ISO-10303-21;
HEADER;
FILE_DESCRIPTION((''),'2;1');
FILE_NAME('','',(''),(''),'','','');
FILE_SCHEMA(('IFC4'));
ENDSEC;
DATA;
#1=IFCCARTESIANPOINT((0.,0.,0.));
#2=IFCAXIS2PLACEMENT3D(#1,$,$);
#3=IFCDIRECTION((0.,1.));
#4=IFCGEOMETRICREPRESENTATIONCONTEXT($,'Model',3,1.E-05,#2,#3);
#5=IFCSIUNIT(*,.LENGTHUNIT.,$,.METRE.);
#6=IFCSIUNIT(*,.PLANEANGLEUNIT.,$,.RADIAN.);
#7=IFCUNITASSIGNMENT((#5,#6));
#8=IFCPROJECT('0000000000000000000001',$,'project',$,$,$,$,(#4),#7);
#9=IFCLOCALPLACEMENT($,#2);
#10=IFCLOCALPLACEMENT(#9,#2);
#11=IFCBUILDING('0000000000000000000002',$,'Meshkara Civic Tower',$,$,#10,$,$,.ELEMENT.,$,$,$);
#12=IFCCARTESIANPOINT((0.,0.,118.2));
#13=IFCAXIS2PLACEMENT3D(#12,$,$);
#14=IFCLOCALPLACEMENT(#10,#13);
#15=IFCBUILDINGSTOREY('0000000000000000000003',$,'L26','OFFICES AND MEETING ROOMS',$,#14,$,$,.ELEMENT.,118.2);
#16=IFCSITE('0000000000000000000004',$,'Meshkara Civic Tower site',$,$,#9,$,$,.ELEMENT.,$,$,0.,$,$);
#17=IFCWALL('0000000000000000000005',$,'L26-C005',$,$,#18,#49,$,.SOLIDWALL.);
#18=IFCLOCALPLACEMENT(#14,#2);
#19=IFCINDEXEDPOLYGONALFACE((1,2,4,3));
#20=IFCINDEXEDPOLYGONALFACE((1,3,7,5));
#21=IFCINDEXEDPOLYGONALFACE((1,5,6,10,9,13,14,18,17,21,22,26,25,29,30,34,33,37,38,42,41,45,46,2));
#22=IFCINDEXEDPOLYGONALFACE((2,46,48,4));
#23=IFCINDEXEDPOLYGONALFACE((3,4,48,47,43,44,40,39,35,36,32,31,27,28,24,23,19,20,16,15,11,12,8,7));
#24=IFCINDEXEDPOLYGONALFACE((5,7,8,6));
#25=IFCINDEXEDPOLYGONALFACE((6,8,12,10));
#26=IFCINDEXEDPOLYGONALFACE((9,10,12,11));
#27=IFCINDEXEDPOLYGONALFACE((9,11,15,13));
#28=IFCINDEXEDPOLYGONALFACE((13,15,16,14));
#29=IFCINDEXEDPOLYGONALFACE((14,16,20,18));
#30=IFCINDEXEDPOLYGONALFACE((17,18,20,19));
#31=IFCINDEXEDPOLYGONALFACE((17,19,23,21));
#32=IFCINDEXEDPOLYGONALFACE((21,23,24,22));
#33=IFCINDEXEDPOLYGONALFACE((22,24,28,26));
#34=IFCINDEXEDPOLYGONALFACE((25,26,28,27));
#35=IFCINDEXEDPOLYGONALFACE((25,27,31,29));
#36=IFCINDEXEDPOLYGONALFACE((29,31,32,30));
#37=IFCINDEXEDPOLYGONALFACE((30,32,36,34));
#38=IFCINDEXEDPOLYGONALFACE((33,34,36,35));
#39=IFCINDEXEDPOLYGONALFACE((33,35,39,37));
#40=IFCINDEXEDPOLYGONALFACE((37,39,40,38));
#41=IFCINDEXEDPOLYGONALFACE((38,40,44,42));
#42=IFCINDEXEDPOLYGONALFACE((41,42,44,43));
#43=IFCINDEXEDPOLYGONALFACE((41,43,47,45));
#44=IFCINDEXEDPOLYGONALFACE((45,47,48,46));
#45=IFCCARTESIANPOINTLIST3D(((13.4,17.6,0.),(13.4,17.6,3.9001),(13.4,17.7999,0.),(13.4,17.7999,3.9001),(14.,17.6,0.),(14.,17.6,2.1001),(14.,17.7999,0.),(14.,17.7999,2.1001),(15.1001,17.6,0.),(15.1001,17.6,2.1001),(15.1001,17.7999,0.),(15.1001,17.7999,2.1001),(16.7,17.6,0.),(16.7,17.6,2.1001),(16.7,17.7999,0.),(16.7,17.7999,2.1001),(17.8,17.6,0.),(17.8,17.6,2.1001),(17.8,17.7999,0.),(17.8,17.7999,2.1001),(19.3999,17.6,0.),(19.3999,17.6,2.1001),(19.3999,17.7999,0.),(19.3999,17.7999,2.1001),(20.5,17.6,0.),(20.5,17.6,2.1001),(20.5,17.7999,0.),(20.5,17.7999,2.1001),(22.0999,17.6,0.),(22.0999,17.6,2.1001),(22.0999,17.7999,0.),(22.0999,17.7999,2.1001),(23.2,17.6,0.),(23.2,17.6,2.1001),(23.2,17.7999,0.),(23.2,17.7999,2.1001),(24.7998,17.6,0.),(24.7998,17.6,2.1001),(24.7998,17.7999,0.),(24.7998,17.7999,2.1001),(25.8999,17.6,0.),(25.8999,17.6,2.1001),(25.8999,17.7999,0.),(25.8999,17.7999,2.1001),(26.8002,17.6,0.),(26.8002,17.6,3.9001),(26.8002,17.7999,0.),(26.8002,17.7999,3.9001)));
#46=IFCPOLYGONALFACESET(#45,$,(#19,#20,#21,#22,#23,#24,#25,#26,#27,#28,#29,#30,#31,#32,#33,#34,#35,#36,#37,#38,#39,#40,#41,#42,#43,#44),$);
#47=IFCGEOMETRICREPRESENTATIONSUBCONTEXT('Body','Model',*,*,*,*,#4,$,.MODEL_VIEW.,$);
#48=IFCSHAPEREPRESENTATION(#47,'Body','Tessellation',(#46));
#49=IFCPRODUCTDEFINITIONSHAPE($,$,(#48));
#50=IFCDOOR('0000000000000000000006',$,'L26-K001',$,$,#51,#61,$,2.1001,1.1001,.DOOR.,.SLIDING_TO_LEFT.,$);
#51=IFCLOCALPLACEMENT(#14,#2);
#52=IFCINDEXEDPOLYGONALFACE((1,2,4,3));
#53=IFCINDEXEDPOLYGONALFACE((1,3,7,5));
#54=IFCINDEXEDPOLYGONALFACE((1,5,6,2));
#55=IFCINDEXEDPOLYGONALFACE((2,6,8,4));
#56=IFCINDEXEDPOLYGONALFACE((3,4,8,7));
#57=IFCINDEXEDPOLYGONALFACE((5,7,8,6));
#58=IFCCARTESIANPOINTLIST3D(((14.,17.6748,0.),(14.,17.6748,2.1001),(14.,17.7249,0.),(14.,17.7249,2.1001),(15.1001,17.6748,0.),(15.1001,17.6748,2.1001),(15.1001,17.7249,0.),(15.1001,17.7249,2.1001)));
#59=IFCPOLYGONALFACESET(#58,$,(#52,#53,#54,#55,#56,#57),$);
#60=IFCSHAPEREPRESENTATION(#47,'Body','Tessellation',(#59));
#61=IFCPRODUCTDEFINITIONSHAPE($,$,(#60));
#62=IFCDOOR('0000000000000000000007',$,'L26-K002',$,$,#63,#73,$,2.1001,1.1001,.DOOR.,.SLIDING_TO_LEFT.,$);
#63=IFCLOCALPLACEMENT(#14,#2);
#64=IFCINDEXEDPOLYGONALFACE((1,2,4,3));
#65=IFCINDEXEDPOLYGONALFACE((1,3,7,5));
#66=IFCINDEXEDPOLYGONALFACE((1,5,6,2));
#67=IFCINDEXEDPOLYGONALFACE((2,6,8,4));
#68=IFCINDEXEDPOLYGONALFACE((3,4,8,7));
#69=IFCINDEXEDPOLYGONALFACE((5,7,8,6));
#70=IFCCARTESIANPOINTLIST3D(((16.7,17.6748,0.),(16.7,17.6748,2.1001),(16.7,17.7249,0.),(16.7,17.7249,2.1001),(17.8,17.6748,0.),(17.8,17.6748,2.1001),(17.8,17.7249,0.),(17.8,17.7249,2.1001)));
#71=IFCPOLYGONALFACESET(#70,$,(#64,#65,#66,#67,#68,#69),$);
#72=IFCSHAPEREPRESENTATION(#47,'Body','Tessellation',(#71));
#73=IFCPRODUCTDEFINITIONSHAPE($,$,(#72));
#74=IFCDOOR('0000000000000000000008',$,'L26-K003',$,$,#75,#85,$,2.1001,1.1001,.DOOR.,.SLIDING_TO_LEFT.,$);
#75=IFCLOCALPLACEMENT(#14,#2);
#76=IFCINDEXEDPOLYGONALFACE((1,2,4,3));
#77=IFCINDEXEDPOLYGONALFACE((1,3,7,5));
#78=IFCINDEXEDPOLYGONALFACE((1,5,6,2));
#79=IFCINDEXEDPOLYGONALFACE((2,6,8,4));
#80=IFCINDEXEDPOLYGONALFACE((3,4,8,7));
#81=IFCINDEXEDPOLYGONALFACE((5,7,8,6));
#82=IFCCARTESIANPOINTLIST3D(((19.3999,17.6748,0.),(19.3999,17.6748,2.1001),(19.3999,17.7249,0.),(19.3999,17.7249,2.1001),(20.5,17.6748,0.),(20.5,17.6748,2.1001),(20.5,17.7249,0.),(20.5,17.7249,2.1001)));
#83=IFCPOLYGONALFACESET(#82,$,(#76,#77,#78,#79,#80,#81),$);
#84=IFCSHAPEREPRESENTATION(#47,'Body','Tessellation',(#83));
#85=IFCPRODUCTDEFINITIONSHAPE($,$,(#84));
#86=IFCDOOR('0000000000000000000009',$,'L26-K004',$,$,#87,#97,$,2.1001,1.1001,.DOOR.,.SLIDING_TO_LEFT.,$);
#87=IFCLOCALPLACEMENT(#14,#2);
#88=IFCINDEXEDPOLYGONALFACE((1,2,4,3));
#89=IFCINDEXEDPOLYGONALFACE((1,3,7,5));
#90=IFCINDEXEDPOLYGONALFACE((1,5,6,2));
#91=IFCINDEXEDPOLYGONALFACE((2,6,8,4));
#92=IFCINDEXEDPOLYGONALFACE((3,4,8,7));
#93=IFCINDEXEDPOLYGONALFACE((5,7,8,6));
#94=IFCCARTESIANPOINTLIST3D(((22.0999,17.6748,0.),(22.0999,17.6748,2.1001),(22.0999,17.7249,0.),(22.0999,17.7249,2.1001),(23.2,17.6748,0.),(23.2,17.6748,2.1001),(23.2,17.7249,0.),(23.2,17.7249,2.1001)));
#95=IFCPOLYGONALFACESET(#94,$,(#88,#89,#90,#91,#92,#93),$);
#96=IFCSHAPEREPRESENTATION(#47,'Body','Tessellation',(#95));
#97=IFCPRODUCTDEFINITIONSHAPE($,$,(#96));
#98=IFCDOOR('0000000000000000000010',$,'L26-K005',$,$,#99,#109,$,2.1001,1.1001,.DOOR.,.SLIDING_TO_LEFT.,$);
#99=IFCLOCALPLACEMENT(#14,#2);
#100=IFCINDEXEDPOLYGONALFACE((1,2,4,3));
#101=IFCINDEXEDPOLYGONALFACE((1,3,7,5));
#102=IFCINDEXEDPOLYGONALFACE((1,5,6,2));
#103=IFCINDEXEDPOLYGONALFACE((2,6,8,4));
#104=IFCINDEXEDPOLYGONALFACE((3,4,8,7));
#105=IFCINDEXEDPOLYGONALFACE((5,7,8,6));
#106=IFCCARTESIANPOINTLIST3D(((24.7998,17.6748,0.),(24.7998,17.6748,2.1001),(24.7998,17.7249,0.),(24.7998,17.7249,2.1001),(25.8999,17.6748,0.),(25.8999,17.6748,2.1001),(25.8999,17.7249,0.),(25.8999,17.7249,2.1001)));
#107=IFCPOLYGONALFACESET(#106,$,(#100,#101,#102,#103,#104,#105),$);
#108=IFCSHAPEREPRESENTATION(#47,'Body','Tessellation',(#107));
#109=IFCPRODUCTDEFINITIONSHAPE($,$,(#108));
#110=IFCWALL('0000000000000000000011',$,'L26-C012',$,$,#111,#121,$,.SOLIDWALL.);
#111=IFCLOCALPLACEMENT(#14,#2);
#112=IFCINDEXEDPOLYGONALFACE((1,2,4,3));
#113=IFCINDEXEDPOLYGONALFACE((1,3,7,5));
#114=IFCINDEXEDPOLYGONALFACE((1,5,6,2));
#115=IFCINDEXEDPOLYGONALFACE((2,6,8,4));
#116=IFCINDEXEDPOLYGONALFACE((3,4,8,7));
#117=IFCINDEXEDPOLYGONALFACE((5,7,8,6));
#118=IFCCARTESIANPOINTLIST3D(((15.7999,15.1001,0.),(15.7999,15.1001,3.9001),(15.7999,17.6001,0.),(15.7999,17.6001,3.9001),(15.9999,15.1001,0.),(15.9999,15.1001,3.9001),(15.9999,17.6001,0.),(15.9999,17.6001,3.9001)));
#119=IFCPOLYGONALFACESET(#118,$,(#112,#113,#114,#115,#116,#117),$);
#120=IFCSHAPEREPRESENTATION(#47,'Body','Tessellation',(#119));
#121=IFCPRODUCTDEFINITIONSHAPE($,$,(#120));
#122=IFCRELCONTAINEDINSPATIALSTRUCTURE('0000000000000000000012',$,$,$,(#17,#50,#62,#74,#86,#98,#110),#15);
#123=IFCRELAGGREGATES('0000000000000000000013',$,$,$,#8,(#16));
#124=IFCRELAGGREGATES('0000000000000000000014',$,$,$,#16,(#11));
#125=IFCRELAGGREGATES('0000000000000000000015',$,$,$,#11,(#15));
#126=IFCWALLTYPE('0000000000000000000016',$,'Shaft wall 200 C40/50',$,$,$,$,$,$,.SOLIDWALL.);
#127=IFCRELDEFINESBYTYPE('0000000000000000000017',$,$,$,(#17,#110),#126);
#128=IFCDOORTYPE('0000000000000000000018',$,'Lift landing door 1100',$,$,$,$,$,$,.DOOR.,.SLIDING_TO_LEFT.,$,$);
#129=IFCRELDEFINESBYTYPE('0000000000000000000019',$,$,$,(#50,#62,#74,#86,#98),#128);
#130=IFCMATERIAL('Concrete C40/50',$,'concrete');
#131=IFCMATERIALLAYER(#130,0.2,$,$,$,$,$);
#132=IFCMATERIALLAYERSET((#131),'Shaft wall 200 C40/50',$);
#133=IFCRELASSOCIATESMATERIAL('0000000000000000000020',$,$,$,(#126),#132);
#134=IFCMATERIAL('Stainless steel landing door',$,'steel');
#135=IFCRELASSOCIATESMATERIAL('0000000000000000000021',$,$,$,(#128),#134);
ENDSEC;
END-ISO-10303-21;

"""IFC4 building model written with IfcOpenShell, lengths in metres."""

from ifc_helpers import new_model, si_unit, direction, frame, frame_2d, origin, place, context, subcontext, project, spatial, rectangle, extrude, material, layer, layer_set, type_object, element, fill, save


model = new_model("IFC4")

# Units and contexts
model_context = context("Model", 3, precision=1e-05, world=origin(), true_north=direction((0.0, 1.0)))
body_context = subcontext(model_context, "Body", "Model", "MODEL_VIEW")
ifc_project = project(units=[si_unit("LENGTHUNIT", "METRE"), si_unit("PLANEANGLEUNIT", "RADIAN")], contexts=[model_context])

# Site, building, storey
site_placement = place(None, origin())
site = spatial("IfcSite", under=ifc_project, at=site_placement, Name="Meshkara Civic Tower site", CompositionType="ELEMENT", RefElevation=0.0)
building_placement = place(site_placement, origin())
building = spatial("IfcBuilding", under=site, at=building_placement, Name="Meshkara Civic Tower", CompositionType="ELEMENT")
storey_placement = place(building_placement, frame((0.0, 0.0, 118.2)))
storey = spatial("IfcBuildingStorey", under=building, at=storey_placement, Name="L26", Description="OFFICES AND MEETING ROOMS", CompositionType="ELEMENT", Elevation=118.2)

# Wall, openings, doors
ifc_material_1 = material(Name="Concrete C40/50", Category="concrete")
ifc_layer_1 = layer(ifc_material_1, 0.2)
ifc_layer_set_1 = layer_set([ifc_layer_1], Name="Shaft wall 200 C40/50")
wall_type_1 = type_object("IfcWallType", Name="Shaft wall 200 C40/50", PredefinedType="SOLIDWALL", material=ifc_layer_set_1)
wall_1_placement = place(storey_placement, frame((13.3999, 17.7, 0.0), z_axis=(0.0, 0.0, 1.0), x_axis=(1.0, 0.0, 0.0)))
wall_1 = element("IfcWall", 1, at=wall_1_placement, inside=storey, type_object=wall_type_1, Name="L26-C005", PredefinedType="SOLIDWALL", context=body_context, shape_type="SweptSolid", body=[
    extrude(rectangle(XDim=13.4001, YDim=0.2, at=frame_2d((6.7002, 0.0))), origin(), (0.0, 0.0, 1.0), 3.9001),
])
opening_1_placement = place(wall_1_placement, frame((0.6001, 0.0, 0.0)))
opening_1 = element("IfcOpeningElement", 2, at=opening_1_placement, cuts=wall_1, PredefinedType="OPENING", context=body_context, shape_type="SweptSolid", body=[
    extrude(rectangle(XDim=1.1001, YDim=2.1001, at=frame_2d((0.55, 1.05))), frame((0.0, 0.1099, 0.0), z_axis=(0.0, -1.0, 0.0), x_axis=(1.0, 0.0, 0.0)), (0.0, 0.0, 1.0), 0.22),
])
opening_2_placement = place(wall_1_placement, frame((3.3, 0.0, 0.0)))
opening_2 = element("IfcOpeningElement", 3, at=opening_2_placement, cuts=wall_1, PredefinedType="OPENING", context=body_context, shape_type="SweptSolid", body=[
    extrude(rectangle(XDim=1.1001, YDim=2.1001, at=frame_2d((0.55, 1.05))), frame((0.0, 0.1099, 0.0), z_axis=(0.0, -1.0, 0.0), x_axis=(1.0, 0.0, 0.0)), (0.0, 0.0, 1.0), 0.22),
])
opening_3_placement = place(wall_1_placement, frame((6.0, 0.0, 0.0)))
opening_3 = element("IfcOpeningElement", 4, at=opening_3_placement, cuts=wall_1, PredefinedType="OPENING", context=body_context, shape_type="SweptSolid", body=[
    extrude(rectangle(XDim=1.1001, YDim=2.1001, at=frame_2d((0.55, 1.05))), frame((0.0, 0.1099, 0.0), z_axis=(0.0, -1.0, 0.0), x_axis=(1.0, 0.0, 0.0)), (0.0, 0.0, 1.0), 0.22),
])
opening_4_placement = place(wall_1_placement, frame((8.7, 0.0, 0.0)))
opening_4 = element("IfcOpeningElement", 5, at=opening_4_placement, cuts=wall_1, PredefinedType="OPENING", context=body_context, shape_type="SweptSolid", body=[
    extrude(rectangle(XDim=1.1001, YDim=2.1001, at=frame_2d((0.55, 1.05))), frame((0.0, 0.1099, 0.0), z_axis=(0.0, -1.0, 0.0), x_axis=(1.0, 0.0, 0.0)), (0.0, 0.0, 1.0), 0.22),
])
opening_5_placement = place(wall_1_placement, frame((11.3999, 0.0, 0.0)))
opening_5 = element("IfcOpeningElement", 6, at=opening_5_placement, cuts=wall_1, PredefinedType="OPENING", context=body_context, shape_type="SweptSolid", body=[
    extrude(rectangle(XDim=1.1001, YDim=2.1001, at=frame_2d((0.55, 1.05))), frame((0.0, 0.1099, 0.0), z_axis=(0.0, -1.0, 0.0), x_axis=(1.0, 0.0, 0.0)), (0.0, 0.0, 1.0), 0.22),
])
ifc_material_2 = material(Name="Stainless steel landing door", Category="steel")
door_type_1 = type_object("IfcDoorType", Name="Lift landing door 1100", OperationType="SLIDING_TO_LEFT", PredefinedType="DOOR", material=ifc_material_2)
door_1_placement = place(opening_1_placement, origin())
door_1 = element("IfcDoor", 7, at=door_1_placement, inside=storey, type_object=door_type_1, Name="L26-K001", OperationType="SLIDING_TO_LEFT", OverallHeight=2.1001, OverallWidth=1.1001, PredefinedType="DOOR", context=body_context, shape_type="SweptSolid", body=[
    extrude(rectangle(XDim=1.1001, YDim=2.1001, at=frame_2d((0.55, 1.05))), frame((0.0, 0.0249, 0.0), z_axis=(0.0, -1.0, 0.0), x_axis=(1.0, 0.0, 0.0)), (0.0, 0.0, 1.0), 0.05),
])
fill(opening_1, door_1)
door_2_placement = place(opening_2_placement, origin())
door_2 = element("IfcDoor", 8, at=door_2_placement, inside=storey, type_object=door_type_1, Name="L26-K002", OperationType="SLIDING_TO_LEFT", OverallHeight=2.1001, OverallWidth=1.1001, PredefinedType="DOOR", context=body_context, shape_type="SweptSolid", body=[
    extrude(rectangle(XDim=1.1001, YDim=2.1001, at=frame_2d((0.55, 1.05))), frame((0.0, 0.0249, 0.0), z_axis=(0.0, -1.0, 0.0), x_axis=(1.0, 0.0, 0.0)), (0.0, 0.0, 1.0), 0.05),
])
fill(opening_2, door_2)
door_3_placement = place(opening_3_placement, origin())
door_3 = element("IfcDoor", 9, at=door_3_placement, inside=storey, type_object=door_type_1, Name="L26-K003", OperationType="SLIDING_TO_LEFT", OverallHeight=2.1001, OverallWidth=1.1001, PredefinedType="DOOR", context=body_context, shape_type="SweptSolid", body=[
    extrude(rectangle(XDim=1.1001, YDim=2.1001, at=frame_2d((0.55, 1.05))), frame((0.0, 0.0249, 0.0), z_axis=(0.0, -1.0, 0.0), x_axis=(1.0, 0.0, 0.0)), (0.0, 0.0, 1.0), 0.05),
])
fill(opening_3, door_3)
door_4_placement = place(opening_4_placement, origin())
door_4 = element("IfcDoor", 10, at=door_4_placement, inside=storey, type_object=door_type_1, Name="L26-K004", OperationType="SLIDING_TO_LEFT", OverallHeight=2.1001, OverallWidth=1.1001, PredefinedType="DOOR", context=body_context, shape_type="SweptSolid", body=[
    extrude(rectangle(XDim=1.1001, YDim=2.1001, at=frame_2d((0.55, 1.05))), frame((0.0, 0.0249, 0.0), z_axis=(0.0, -1.0, 0.0), x_axis=(1.0, 0.0, 0.0)), (0.0, 0.0, 1.0), 0.05),
])
fill(opening_4, door_4)
door_5_placement = place(opening_5_placement, origin())
door_5 = element("IfcDoor", 11, at=door_5_placement, inside=storey, type_object=door_type_1, Name="L26-K005", OperationType="SLIDING_TO_LEFT", OverallHeight=2.1001, OverallWidth=1.1001, PredefinedType="DOOR", context=body_context, shape_type="SweptSolid", body=[
    extrude(rectangle(XDim=1.1001, YDim=2.1001, at=frame_2d((0.55, 1.05))), frame((0.0, 0.0249, 0.0), z_axis=(0.0, -1.0, 0.0), x_axis=(1.0, 0.0, 0.0)), (0.0, 0.0, 1.0), 0.05),
])
fill(opening_5, door_5)

# Wall
wall_2_placement = place(storey_placement, frame((15.8999, 15.1001, 0.0), z_axis=(0.0, 0.0, 1.0), x_axis=(0.0, 1.0, 0.0)))
element("IfcWall", 12, at=wall_2_placement, inside=storey, type_object=wall_type_1, Name="L26-C012", PredefinedType="SOLIDWALL", context=body_context, shape_type="SweptSolid", body=[
    extrude(rectangle(XDim=2.5, YDim=0.2, at=frame_2d((1.25, 0.0))), origin(), (0.0, 0.0, 1.0), 3.9001),
])

save(model, "model.ifc")
